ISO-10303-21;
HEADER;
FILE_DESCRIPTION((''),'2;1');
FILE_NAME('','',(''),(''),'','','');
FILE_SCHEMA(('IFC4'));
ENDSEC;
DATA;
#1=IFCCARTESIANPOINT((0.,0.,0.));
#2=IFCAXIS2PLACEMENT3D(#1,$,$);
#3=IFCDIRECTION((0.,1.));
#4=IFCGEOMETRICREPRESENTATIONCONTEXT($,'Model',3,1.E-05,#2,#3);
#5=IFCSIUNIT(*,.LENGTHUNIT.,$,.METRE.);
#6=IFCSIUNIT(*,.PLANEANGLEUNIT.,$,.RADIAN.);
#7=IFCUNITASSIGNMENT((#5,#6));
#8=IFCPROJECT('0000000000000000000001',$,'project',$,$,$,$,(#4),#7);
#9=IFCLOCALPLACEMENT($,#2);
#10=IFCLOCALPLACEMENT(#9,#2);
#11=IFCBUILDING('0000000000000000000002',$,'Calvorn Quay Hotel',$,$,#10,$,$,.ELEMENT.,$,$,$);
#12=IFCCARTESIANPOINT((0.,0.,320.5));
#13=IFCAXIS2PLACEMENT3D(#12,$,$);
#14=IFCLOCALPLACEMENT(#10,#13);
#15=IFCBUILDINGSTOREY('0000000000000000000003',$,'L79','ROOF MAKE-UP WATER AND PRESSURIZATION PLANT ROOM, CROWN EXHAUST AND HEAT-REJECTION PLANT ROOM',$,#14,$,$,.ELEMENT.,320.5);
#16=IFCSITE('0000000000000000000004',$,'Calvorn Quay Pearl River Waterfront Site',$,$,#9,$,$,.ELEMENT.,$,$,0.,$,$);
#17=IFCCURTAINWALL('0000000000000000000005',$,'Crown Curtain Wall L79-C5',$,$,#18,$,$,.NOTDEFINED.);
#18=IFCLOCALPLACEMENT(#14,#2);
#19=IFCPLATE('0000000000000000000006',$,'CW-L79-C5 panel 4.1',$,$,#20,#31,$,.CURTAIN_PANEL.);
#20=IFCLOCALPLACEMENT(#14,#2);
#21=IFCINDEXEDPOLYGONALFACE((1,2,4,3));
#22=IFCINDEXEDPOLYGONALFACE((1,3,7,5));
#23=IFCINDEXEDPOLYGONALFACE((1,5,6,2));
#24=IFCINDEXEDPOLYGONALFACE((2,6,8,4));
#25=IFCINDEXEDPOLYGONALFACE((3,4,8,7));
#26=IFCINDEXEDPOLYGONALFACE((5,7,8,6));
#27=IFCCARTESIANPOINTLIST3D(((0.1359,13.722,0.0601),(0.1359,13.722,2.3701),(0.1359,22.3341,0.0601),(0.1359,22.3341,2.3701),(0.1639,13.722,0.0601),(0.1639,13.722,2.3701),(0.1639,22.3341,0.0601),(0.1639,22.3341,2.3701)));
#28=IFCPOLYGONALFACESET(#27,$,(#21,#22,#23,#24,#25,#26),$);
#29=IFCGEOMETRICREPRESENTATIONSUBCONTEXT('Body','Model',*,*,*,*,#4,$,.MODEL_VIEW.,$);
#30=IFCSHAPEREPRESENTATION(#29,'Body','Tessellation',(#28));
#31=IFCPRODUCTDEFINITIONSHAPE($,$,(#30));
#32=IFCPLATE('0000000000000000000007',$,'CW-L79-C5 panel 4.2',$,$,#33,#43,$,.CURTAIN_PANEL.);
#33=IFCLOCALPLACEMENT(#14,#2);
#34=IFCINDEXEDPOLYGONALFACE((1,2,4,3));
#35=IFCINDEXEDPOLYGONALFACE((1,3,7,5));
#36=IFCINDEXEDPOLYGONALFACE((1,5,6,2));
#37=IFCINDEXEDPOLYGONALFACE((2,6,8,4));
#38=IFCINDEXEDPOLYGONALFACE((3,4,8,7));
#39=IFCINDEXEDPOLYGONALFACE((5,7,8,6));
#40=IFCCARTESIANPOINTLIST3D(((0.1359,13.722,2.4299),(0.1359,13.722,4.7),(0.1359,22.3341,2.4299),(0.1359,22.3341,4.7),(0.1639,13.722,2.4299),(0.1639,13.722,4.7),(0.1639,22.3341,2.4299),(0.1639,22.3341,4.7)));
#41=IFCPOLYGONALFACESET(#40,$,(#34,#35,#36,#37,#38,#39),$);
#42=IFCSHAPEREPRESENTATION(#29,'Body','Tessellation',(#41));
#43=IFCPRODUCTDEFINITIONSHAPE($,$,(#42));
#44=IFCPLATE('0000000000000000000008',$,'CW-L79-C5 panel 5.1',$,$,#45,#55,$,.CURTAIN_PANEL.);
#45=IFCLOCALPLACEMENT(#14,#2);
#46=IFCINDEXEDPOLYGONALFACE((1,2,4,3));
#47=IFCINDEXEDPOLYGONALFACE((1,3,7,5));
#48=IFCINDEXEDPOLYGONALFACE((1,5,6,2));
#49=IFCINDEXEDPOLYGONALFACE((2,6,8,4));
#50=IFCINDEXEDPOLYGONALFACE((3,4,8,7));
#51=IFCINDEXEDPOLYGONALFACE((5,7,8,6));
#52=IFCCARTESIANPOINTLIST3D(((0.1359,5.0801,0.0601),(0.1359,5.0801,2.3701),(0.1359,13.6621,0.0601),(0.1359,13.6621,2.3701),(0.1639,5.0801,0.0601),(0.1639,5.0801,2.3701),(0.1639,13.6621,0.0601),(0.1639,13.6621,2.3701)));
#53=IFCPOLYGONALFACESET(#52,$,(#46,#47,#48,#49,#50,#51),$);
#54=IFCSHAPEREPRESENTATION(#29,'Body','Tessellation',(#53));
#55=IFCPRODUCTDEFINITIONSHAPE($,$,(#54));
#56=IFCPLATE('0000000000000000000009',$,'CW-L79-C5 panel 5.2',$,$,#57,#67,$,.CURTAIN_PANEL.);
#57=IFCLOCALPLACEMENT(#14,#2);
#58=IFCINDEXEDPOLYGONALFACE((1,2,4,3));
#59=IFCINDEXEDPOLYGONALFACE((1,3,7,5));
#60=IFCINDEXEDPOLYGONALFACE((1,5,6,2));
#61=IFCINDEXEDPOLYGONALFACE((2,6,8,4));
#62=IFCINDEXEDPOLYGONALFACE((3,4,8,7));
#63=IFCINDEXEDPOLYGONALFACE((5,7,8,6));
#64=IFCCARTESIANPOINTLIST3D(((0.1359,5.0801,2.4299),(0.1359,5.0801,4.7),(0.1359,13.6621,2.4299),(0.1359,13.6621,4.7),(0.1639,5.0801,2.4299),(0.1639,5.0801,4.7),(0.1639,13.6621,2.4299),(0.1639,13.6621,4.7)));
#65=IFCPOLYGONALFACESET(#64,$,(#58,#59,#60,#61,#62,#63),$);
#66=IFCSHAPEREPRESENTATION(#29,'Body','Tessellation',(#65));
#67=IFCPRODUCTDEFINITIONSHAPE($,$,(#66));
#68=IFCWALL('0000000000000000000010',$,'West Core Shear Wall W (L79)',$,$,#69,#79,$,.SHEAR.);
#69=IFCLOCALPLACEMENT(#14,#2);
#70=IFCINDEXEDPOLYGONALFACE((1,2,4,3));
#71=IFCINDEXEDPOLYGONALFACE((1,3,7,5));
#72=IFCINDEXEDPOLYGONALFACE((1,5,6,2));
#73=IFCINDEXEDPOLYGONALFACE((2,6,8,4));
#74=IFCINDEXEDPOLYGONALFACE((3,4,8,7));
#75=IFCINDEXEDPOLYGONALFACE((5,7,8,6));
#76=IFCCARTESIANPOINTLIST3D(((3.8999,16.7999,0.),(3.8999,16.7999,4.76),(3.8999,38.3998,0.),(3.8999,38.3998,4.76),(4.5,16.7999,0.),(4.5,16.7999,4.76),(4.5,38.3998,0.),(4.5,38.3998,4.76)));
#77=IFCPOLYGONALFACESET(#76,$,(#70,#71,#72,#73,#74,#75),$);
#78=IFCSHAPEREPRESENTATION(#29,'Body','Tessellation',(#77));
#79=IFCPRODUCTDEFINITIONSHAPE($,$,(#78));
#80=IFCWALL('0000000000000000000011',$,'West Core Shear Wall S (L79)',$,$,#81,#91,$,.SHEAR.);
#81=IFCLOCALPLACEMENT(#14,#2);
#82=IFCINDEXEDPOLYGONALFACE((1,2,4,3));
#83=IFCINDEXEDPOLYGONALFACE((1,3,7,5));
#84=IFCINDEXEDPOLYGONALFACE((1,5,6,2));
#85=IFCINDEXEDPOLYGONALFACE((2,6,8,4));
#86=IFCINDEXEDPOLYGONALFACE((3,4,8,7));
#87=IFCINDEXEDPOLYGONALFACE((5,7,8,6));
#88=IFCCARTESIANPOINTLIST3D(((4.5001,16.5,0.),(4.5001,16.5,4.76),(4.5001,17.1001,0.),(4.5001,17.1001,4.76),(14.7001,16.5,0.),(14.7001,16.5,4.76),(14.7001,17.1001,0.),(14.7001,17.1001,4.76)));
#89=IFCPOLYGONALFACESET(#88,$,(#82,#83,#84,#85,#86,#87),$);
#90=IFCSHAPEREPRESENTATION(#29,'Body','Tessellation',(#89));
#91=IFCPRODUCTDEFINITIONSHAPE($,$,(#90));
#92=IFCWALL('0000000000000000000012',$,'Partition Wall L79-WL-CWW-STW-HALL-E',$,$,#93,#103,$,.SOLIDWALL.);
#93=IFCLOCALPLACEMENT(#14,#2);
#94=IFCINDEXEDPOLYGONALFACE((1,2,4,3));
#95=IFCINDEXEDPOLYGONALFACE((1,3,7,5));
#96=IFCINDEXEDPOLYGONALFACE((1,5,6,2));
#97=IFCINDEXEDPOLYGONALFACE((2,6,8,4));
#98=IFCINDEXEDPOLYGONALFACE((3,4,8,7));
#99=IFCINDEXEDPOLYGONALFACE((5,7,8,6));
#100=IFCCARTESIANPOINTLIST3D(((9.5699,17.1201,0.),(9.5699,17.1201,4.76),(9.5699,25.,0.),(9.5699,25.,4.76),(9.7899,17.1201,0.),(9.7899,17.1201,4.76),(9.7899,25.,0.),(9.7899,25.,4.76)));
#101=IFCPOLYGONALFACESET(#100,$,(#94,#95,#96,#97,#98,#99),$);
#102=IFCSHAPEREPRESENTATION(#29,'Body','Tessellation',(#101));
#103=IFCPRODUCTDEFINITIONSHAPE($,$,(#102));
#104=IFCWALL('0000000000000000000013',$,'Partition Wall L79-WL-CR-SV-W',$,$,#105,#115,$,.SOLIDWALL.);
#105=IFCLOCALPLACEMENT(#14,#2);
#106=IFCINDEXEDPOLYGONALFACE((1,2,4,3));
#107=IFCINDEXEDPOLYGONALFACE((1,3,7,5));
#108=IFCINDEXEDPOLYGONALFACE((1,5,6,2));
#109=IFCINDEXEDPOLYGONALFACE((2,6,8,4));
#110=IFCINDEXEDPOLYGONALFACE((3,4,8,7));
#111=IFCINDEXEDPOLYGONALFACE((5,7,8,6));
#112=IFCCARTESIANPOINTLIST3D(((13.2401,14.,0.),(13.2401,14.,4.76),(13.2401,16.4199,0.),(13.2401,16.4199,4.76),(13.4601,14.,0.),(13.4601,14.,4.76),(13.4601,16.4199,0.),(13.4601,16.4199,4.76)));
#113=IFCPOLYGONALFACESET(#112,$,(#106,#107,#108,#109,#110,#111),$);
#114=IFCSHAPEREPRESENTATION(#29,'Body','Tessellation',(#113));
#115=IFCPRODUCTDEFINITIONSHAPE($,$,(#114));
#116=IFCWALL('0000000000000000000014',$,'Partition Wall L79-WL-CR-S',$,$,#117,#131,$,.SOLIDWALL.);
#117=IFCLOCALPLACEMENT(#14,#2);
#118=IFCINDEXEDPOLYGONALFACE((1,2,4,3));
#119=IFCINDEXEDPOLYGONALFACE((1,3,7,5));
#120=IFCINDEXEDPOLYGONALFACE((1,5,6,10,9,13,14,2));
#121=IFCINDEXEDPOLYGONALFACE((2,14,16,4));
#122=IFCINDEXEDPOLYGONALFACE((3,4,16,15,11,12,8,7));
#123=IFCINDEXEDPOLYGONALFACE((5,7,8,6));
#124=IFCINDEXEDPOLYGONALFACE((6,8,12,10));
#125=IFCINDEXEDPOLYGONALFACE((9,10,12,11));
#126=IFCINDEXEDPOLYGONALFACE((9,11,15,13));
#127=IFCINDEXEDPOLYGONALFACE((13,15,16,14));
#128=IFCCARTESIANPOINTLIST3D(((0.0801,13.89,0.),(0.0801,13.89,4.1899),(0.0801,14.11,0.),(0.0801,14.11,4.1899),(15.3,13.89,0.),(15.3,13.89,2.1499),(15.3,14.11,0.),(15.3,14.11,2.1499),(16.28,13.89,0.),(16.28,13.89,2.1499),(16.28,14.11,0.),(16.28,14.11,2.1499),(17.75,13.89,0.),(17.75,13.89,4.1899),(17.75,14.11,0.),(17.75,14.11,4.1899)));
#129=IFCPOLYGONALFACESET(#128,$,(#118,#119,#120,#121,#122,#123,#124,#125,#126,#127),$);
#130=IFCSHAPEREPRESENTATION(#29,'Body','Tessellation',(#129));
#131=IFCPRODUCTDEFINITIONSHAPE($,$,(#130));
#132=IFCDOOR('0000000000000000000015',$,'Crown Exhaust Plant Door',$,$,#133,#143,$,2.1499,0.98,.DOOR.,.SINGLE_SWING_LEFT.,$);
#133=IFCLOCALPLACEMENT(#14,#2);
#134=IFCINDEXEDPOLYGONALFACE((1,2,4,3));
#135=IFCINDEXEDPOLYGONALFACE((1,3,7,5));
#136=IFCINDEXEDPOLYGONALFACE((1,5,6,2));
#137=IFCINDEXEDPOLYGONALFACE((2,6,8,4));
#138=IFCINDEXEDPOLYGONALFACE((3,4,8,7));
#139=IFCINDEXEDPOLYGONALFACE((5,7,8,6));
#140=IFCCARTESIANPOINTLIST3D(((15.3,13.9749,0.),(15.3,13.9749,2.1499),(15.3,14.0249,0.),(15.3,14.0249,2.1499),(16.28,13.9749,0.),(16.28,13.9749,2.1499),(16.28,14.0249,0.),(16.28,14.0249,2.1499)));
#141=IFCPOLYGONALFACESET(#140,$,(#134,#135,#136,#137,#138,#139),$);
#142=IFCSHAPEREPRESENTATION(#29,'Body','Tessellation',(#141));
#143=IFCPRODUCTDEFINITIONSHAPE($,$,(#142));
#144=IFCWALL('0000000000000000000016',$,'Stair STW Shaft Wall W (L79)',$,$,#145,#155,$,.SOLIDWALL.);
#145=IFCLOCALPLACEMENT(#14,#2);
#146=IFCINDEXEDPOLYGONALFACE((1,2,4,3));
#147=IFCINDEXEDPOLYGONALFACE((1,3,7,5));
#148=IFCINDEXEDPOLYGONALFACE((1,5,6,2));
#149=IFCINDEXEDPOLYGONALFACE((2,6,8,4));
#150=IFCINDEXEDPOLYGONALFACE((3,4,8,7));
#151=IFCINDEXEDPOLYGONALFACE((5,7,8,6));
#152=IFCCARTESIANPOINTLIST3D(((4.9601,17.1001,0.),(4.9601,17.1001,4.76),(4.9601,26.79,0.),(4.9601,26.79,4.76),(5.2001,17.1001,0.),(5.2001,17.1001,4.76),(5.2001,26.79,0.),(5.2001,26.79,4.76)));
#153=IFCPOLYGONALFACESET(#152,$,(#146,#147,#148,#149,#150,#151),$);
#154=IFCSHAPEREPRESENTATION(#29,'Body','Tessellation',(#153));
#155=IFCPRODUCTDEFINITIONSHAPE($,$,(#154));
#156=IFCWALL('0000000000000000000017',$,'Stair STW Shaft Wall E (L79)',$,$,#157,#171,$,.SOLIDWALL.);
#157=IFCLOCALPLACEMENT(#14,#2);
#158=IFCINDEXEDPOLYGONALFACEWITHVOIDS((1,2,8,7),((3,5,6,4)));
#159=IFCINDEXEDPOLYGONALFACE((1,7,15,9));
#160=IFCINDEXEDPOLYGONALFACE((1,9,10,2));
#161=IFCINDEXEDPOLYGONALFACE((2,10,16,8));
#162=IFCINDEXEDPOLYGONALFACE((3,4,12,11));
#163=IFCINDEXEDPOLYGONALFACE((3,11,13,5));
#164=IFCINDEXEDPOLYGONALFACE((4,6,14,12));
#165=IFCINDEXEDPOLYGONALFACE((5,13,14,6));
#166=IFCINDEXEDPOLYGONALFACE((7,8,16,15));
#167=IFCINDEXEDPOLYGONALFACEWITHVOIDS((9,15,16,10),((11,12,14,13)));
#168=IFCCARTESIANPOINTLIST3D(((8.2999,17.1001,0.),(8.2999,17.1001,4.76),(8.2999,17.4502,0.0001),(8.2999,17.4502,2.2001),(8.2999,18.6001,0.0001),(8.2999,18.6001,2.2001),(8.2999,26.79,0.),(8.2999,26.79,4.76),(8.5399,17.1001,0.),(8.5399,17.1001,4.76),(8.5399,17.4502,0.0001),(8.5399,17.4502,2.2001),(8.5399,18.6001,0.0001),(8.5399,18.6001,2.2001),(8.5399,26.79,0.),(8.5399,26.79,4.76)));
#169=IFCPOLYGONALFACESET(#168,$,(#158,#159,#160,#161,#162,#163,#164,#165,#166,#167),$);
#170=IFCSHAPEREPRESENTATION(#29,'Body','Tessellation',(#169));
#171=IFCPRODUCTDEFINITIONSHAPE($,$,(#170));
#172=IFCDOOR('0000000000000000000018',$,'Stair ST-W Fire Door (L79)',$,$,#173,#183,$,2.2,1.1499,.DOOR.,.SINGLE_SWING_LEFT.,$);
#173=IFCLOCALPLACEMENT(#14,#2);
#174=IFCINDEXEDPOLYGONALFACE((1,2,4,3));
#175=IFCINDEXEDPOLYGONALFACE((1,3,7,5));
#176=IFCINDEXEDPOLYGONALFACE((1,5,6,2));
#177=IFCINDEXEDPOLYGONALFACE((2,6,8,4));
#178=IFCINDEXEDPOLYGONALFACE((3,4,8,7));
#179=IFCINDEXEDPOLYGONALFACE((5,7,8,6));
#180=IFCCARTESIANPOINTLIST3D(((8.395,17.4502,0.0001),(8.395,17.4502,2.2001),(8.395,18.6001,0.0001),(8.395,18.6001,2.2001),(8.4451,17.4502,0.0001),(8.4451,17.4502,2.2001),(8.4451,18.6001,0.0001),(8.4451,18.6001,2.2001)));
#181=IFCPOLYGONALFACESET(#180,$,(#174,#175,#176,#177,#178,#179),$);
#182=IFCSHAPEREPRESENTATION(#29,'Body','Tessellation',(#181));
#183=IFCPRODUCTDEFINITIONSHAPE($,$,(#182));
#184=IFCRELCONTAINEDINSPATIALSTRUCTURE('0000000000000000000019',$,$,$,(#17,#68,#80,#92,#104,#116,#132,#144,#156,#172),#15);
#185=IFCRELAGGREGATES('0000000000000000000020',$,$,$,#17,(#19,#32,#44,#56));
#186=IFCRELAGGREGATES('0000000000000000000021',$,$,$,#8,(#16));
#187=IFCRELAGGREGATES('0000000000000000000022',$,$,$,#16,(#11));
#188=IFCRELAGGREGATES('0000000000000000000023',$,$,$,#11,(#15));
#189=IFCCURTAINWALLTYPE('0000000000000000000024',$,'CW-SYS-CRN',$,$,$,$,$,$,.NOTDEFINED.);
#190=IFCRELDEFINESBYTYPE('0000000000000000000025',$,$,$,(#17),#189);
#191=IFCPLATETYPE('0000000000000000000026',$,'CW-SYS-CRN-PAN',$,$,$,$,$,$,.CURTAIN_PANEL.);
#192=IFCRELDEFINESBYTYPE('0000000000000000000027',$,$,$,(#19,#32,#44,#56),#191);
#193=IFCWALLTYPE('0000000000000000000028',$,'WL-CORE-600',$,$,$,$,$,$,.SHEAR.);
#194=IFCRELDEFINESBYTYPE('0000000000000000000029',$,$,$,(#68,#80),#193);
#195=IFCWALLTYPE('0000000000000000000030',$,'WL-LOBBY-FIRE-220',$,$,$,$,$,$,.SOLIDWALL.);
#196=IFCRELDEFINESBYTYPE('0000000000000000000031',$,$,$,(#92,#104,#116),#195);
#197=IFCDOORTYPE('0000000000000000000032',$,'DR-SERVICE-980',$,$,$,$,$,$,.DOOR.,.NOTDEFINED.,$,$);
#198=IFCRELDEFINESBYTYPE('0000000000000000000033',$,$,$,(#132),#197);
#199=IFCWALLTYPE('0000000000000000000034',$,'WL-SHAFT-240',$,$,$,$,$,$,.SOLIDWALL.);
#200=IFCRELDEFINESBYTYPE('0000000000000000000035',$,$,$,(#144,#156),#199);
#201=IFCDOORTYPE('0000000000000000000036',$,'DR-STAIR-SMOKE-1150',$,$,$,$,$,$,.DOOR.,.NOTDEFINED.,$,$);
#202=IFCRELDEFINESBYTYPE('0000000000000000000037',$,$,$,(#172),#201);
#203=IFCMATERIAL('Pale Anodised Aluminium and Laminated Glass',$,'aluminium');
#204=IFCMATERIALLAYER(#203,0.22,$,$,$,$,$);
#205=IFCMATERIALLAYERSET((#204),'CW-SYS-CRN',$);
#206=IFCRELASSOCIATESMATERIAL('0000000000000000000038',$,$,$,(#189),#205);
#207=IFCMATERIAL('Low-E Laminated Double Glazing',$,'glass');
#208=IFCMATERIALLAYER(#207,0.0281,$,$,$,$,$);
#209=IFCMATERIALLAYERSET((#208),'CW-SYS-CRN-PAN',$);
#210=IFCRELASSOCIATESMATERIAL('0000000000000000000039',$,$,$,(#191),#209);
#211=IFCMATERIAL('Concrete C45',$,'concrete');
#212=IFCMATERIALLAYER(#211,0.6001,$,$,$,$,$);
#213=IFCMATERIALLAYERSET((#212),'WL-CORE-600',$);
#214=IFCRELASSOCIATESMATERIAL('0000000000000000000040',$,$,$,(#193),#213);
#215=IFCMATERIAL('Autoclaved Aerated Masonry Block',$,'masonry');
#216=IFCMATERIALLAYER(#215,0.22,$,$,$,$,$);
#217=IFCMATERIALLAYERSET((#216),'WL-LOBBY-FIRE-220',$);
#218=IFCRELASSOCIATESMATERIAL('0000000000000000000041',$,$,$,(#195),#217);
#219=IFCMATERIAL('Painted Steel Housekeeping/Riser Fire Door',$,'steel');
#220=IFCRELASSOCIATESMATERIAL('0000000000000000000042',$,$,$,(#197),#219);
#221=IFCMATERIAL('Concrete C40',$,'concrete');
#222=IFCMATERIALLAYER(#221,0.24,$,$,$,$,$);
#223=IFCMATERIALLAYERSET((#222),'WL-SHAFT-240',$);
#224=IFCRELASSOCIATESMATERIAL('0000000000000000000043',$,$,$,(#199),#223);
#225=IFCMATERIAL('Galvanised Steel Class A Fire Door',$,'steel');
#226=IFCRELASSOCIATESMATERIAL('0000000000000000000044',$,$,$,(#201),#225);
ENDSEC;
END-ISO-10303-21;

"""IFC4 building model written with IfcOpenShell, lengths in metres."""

from ifc_helpers import new_model, si_unit, direction, frame, frame_2d, origin, origin_2d, place, context, subcontext, project, spatial, rectangle, extrude, material, layer, layer_set, type_object, element, fill, aggregate, save


model = new_model("IFC4")

# Units and contexts
model_context = context("Model", 3, precision=1e-05, world=origin(), true_north=direction((0.0, 1.0)))
body_context = subcontext(model_context, "Body", "Model", "MODEL_VIEW")
ifc_project = project(units=[si_unit("LENGTHUNIT", "METRE"), si_unit("PLANEANGLEUNIT", "RADIAN")], contexts=[model_context])

# Site, building, storey
site_placement = place(None, origin())
site = spatial("IfcSite", under=ifc_project, at=site_placement, Name="Calvorn Quay Pearl River Waterfront Site", CompositionType="ELEMENT", RefElevation=0.0)
building_placement = place(site_placement, origin())
building = spatial("IfcBuilding", under=site, at=building_placement, Name="Calvorn Quay Hotel", CompositionType="ELEMENT")
storey_placement = place(building_placement, frame((0.0, 0.0, 320.5)))
storey = spatial("IfcBuildingStorey", under=building, at=storey_placement, Name="L79", Description="ROOF MAKE-UP WATER AND PRESSURIZATION PLANT ROOM, CROWN EXHAUST AND HEAT-REJECTION PLANT ROOM", CompositionType="ELEMENT", Elevation=320.5)

# Curtain wall, plates
ifc_material_1 = material(Name="Pale Anodised Aluminium and Laminated Glass", Category="aluminium")
ifc_layer_1 = layer(ifc_material_1, 0.22)
ifc_layer_set_1 = layer_set([ifc_layer_1], Name="CW-SYS-CRN")
curtain_wall_type = type_object("IfcCurtainWallType", Name="CW-SYS-CRN", PredefinedType="NOTDEFINED", material=ifc_layer_set_1)
curtain_wall_placement = place(storey_placement, origin())
curtain_wall = element("IfcCurtainWall", 1, at=curtain_wall_placement, inside=storey, type_object=curtain_wall_type, Name="Crown Curtain Wall L79-C5", PredefinedType="NOTDEFINED")
ifc_material_2 = material(Name="Low-E Laminated Double Glazing", Category="glass")
ifc_layer_2 = layer(ifc_material_2, 0.0281)
ifc_layer_set_2 = layer_set([ifc_layer_2], Name="CW-SYS-CRN-PAN")
plate_type = type_object("IfcPlateType", Name="CW-SYS-CRN-PAN", PredefinedType="CURTAIN_PANEL", material=ifc_layer_set_2)
plate_1_placement = place(storey_placement, frame((0.1499, 18.0281, 0.0601), z_axis=(0.0, 0.0, 1.0), x_axis=(0.0, -1.0, 0.0)))
plate_1 = element("IfcPlate", 2, at=plate_1_placement, type_object=plate_type, Name="CW-L79-C5 panel 4.1", PredefinedType="CURTAIN_PANEL", context=body_context, shape_type="SweptSolid", body=[
    extrude(rectangle(XDim=8.6121, YDim=0.0281, at=origin_2d()), origin(), (0.0, 0.0, 1.0), 2.3101),
])
plate_2_placement = place(storey_placement, frame((0.1499, 18.0281, 2.4299), z_axis=(0.0, 0.0, 1.0), x_axis=(0.0, -1.0, 0.0)))
plate_2 = element("IfcPlate", 3, at=plate_2_placement, type_object=plate_type, Name="CW-L79-C5 panel 4.2", PredefinedType="CURTAIN_PANEL", context=body_context, shape_type="SweptSolid", body=[
    extrude(rectangle(XDim=8.6121, YDim=0.0281, at=origin_2d()), origin(), (0.0, 0.0, 1.0), 2.27),
])
plate_3_placement = place(storey_placement, frame((0.1499, 9.3711, 0.0601), z_axis=(0.0, 0.0, 1.0), x_axis=(0.0, -1.0, 0.0)))
plate_3 = element("IfcPlate", 4, at=plate_3_placement, type_object=plate_type, Name="CW-L79-C5 panel 5.1", PredefinedType="CURTAIN_PANEL", context=body_context, shape_type="SweptSolid", body=[
    extrude(rectangle(XDim=8.582, YDim=0.0281, at=origin_2d()), origin(), (0.0, 0.0, 1.0), 2.3101),
])
plate_4_placement = place(storey_placement, frame((0.1499, 9.3711, 2.4299), z_axis=(0.0, 0.0, 1.0), x_axis=(0.0, -1.0, 0.0)))
plate_4 = element("IfcPlate", 5, at=plate_4_placement, type_object=plate_type, Name="CW-L79-C5 panel 5.2", PredefinedType="CURTAIN_PANEL", context=body_context, shape_type="SweptSolid", body=[
    extrude(rectangle(XDim=8.582, YDim=0.0281, at=origin_2d()), origin(), (0.0, 0.0, 1.0), 2.27),
])
aggregate(curtain_wall, [plate_1, plate_2, plate_3, plate_4])

# Walls
ifc_material_3 = material(Name="Concrete C45", Category="concrete")
ifc_layer_3 = layer(ifc_material_3, 0.6001)
ifc_layer_set_3 = layer_set([ifc_layer_3], Name="WL-CORE-600")
wall_type_1 = type_object("IfcWallType", Name="WL-CORE-600", PredefinedType="SHEAR", material=ifc_layer_set_3)
wall_1_placement = place(storey_placement, frame((4.2, 16.8, 0.0), z_axis=(0.0, 0.0, 1.0), x_axis=(0.0, 1.0, 0.0)))
element("IfcWall", 6, at=wall_1_placement, inside=storey, type_object=wall_type_1, Name="West Core Shear Wall W (L79)", PredefinedType="SHEAR", context=body_context, shape_type="SweptSolid", body=[
    extrude(rectangle(XDim=21.5999, YDim=0.6001, at=frame_2d((10.7998, 0.0))), origin(), (0.0, 0.0, 1.0), 4.76),
])
wall_2_placement = place(storey_placement, frame((4.5, 16.8, 0.0), z_axis=(0.0, 0.0, 1.0), x_axis=(1.0, 0.0, 0.0)))
element("IfcWall", 7, at=wall_2_placement, inside=storey, type_object=wall_type_1, Name="West Core Shear Wall S (L79)", PredefinedType="SHEAR", context=body_context, shape_type="SweptSolid", body=[
    extrude(rectangle(XDim=10.2, YDim=0.6001, at=frame_2d((5.1001, 0.0))), origin(), (0.0, 0.0, 1.0), 4.76),
])
ifc_material_4 = material(Name="Autoclaved Aerated Masonry Block", Category="masonry")
ifc_layer_4 = layer(ifc_material_4, 0.22)
ifc_layer_set_4 = layer_set([ifc_layer_4], Name="WL-LOBBY-FIRE-220")
wall_type_2 = type_object("IfcWallType", Name="WL-LOBBY-FIRE-220", PredefinedType="SOLIDWALL", material=ifc_layer_set_4)
wall_3_placement = place(storey_placement, frame((9.6799, 17.1201, 0.0), z_axis=(0.0, 0.0, 1.0), x_axis=(0.0, 1.0, 0.0)))
element("IfcWall", 8, at=wall_3_placement, inside=storey, type_object=wall_type_2, Name="Partition Wall L79-WL-CWW-STW-HALL-E", PredefinedType="SOLIDWALL", context=body_context, shape_type="SweptSolid", body=[
    extrude(rectangle(XDim=7.8799, YDim=0.22, at=frame_2d((3.9399, 0.0))), origin(), (0.0, 0.0, 1.0), 4.76),
])
wall_4_placement = place(storey_placement, frame((13.3501, 14.0, 0.0), z_axis=(0.0, 0.0, 1.0), x_axis=(0.0, 1.0, 0.0)))
element("IfcWall", 9, at=wall_4_placement, inside=storey, type_object=wall_type_2, Name="Partition Wall L79-WL-CR-SV-W", PredefinedType="SOLIDWALL", context=body_context, shape_type="SweptSolid", body=[
    extrude(rectangle(XDim=2.4199, YDim=0.22, at=frame_2d((1.21, 0.0))), origin(), (0.0, 0.0, 1.0), 4.76),
])

# Wall, opening, door
wall_5_placement = place(storey_placement, frame((0.0801, 14.0, 0.0), z_axis=(0.0, 0.0, 1.0), x_axis=(1.0, 0.0, 0.0)))
wall_5 = element("IfcWall", 10, at=wall_5_placement, inside=storey, type_object=wall_type_2, Name="Partition Wall L79-WL-CR-S", PredefinedType="SOLIDWALL", context=body_context, shape_type="SweptSolid", body=[
    extrude(rectangle(XDim=17.6699, YDim=0.22, at=frame_2d((8.835, 0.0))), origin(), (0.0, 0.0, 1.0), 4.1899),
])
opening_1_placement = place(wall_5_placement, frame((15.22, 0.0, 0.0)))
opening_1 = element("IfcOpeningElement", 11, at=opening_1_placement, cuts=wall_5, PredefinedType="OPENING", context=body_context, shape_type="SweptSolid", body=[
    extrude(rectangle(XDim=0.98, YDim=2.1499, at=frame_2d((0.49, 1.075))), frame((0.0, 0.1199, 0.0), z_axis=(0.0, -1.0, 0.0), x_axis=(1.0, 0.0, 0.0)), (0.0, 0.0, 1.0), 0.24),
])
ifc_material_5 = material(Name="Painted Steel Housekeeping/Riser Fire Door", Category="steel")
door_type_1 = type_object("IfcDoorType", Name="DR-SERVICE-980", OperationType="NOTDEFINED", PredefinedType="DOOR", material=ifc_material_5)
door_1_placement = place(opening_1_placement, origin())
door_1 = element("IfcDoor", 12, at=door_1_placement, inside=storey, type_object=door_type_1, Name="Crown Exhaust Plant Door", OperationType="SINGLE_SWING_LEFT", OverallHeight=2.1499, OverallWidth=0.98, PredefinedType="DOOR", context=body_context, shape_type="SweptSolid", body=[
    extrude(rectangle(XDim=0.98, YDim=2.1499, at=frame_2d((0.49, 1.075))), frame((0.0, 0.0249, 0.0), z_axis=(0.0, -1.0, 0.0), x_axis=(1.0, 0.0, 0.0)), (0.0, 0.0, 1.0), 0.05),
])
fill(opening_1, door_1)

# Wall
ifc_material_6 = material(Name="Concrete C40", Category="concrete")
ifc_layer_5 = layer(ifc_material_6, 0.24)
ifc_layer_set_5 = layer_set([ifc_layer_5], Name="WL-SHAFT-240")
wall_type_3 = type_object("IfcWallType", Name="WL-SHAFT-240", PredefinedType="SOLIDWALL", material=ifc_layer_set_5)
wall_6_placement = place(storey_placement, frame((5.0801, 17.1001, 0.0), z_axis=(0.0, 0.0, 1.0), x_axis=(0.0, 1.0, 0.0)))
element("IfcWall", 13, at=wall_6_placement, inside=storey, type_object=wall_type_3, Name="Stair STW Shaft Wall W (L79)", PredefinedType="SOLIDWALL", context=body_context, shape_type="SweptSolid", body=[
    extrude(rectangle(XDim=9.6899, YDim=0.24, at=frame_2d((4.845, 0.0))), origin(), (0.0, 0.0, 1.0), 4.76),
])

# Wall, opening, door
wall_7_placement = place(storey_placement, frame((8.4199, 17.1001, 0.0), z_axis=(0.0, 0.0, 1.0), x_axis=(0.0, 1.0, 0.0)))
wall_7 = element("IfcWall", 14, at=wall_7_placement, inside=storey, type_object=wall_type_3, Name="Stair STW Shaft Wall E (L79)", PredefinedType="SOLIDWALL", context=body_context, shape_type="SweptSolid", body=[
    extrude(rectangle(XDim=9.6899, YDim=0.24, at=frame_2d((4.845, 0.0))), origin(), (0.0, 0.0, 1.0), 4.76),
])
opening_2_placement = place(wall_7_placement, frame((0.3501, 0.0, 0.0)))
opening_2 = element("IfcOpeningElement", 15, at=opening_2_placement, cuts=wall_7, PredefinedType="OPENING", context=body_context, shape_type="SweptSolid", body=[
    extrude(rectangle(XDim=1.1499, YDim=2.2, at=frame_2d((0.575, 1.1001))), frame((0.0, 0.1299, 0.0), z_axis=(0.0, -1.0, 0.0), x_axis=(1.0, 0.0, 0.0)), (0.0, 0.0, 1.0), 0.26),
])
ifc_material_7 = material(Name="Galvanised Steel Class A Fire Door", Category="steel")
door_type_2 = type_object("IfcDoorType", Name="DR-STAIR-SMOKE-1150", OperationType="NOTDEFINED", PredefinedType="DOOR", material=ifc_material_7)
door_2_placement = place(opening_2_placement, origin())
door_2 = element("IfcDoor", 16, at=door_2_placement, inside=storey, type_object=door_type_2, Name="Stair ST-W Fire Door (L79)", OperationType="SINGLE_SWING_LEFT", OverallHeight=2.2, OverallWidth=1.1499, PredefinedType="DOOR", context=body_context, shape_type="SweptSolid", body=[
    extrude(rectangle(XDim=1.1499, YDim=2.2, at=frame_2d((0.575, 1.1001))), frame((0.0, 0.0249, 0.0), z_axis=(0.0, -1.0, 0.0), x_axis=(1.0, 0.0, 0.0)), (0.0, 0.0, 1.0), 0.05),
])
fill(opening_2, door_2)

save(model, "model.ifc")
